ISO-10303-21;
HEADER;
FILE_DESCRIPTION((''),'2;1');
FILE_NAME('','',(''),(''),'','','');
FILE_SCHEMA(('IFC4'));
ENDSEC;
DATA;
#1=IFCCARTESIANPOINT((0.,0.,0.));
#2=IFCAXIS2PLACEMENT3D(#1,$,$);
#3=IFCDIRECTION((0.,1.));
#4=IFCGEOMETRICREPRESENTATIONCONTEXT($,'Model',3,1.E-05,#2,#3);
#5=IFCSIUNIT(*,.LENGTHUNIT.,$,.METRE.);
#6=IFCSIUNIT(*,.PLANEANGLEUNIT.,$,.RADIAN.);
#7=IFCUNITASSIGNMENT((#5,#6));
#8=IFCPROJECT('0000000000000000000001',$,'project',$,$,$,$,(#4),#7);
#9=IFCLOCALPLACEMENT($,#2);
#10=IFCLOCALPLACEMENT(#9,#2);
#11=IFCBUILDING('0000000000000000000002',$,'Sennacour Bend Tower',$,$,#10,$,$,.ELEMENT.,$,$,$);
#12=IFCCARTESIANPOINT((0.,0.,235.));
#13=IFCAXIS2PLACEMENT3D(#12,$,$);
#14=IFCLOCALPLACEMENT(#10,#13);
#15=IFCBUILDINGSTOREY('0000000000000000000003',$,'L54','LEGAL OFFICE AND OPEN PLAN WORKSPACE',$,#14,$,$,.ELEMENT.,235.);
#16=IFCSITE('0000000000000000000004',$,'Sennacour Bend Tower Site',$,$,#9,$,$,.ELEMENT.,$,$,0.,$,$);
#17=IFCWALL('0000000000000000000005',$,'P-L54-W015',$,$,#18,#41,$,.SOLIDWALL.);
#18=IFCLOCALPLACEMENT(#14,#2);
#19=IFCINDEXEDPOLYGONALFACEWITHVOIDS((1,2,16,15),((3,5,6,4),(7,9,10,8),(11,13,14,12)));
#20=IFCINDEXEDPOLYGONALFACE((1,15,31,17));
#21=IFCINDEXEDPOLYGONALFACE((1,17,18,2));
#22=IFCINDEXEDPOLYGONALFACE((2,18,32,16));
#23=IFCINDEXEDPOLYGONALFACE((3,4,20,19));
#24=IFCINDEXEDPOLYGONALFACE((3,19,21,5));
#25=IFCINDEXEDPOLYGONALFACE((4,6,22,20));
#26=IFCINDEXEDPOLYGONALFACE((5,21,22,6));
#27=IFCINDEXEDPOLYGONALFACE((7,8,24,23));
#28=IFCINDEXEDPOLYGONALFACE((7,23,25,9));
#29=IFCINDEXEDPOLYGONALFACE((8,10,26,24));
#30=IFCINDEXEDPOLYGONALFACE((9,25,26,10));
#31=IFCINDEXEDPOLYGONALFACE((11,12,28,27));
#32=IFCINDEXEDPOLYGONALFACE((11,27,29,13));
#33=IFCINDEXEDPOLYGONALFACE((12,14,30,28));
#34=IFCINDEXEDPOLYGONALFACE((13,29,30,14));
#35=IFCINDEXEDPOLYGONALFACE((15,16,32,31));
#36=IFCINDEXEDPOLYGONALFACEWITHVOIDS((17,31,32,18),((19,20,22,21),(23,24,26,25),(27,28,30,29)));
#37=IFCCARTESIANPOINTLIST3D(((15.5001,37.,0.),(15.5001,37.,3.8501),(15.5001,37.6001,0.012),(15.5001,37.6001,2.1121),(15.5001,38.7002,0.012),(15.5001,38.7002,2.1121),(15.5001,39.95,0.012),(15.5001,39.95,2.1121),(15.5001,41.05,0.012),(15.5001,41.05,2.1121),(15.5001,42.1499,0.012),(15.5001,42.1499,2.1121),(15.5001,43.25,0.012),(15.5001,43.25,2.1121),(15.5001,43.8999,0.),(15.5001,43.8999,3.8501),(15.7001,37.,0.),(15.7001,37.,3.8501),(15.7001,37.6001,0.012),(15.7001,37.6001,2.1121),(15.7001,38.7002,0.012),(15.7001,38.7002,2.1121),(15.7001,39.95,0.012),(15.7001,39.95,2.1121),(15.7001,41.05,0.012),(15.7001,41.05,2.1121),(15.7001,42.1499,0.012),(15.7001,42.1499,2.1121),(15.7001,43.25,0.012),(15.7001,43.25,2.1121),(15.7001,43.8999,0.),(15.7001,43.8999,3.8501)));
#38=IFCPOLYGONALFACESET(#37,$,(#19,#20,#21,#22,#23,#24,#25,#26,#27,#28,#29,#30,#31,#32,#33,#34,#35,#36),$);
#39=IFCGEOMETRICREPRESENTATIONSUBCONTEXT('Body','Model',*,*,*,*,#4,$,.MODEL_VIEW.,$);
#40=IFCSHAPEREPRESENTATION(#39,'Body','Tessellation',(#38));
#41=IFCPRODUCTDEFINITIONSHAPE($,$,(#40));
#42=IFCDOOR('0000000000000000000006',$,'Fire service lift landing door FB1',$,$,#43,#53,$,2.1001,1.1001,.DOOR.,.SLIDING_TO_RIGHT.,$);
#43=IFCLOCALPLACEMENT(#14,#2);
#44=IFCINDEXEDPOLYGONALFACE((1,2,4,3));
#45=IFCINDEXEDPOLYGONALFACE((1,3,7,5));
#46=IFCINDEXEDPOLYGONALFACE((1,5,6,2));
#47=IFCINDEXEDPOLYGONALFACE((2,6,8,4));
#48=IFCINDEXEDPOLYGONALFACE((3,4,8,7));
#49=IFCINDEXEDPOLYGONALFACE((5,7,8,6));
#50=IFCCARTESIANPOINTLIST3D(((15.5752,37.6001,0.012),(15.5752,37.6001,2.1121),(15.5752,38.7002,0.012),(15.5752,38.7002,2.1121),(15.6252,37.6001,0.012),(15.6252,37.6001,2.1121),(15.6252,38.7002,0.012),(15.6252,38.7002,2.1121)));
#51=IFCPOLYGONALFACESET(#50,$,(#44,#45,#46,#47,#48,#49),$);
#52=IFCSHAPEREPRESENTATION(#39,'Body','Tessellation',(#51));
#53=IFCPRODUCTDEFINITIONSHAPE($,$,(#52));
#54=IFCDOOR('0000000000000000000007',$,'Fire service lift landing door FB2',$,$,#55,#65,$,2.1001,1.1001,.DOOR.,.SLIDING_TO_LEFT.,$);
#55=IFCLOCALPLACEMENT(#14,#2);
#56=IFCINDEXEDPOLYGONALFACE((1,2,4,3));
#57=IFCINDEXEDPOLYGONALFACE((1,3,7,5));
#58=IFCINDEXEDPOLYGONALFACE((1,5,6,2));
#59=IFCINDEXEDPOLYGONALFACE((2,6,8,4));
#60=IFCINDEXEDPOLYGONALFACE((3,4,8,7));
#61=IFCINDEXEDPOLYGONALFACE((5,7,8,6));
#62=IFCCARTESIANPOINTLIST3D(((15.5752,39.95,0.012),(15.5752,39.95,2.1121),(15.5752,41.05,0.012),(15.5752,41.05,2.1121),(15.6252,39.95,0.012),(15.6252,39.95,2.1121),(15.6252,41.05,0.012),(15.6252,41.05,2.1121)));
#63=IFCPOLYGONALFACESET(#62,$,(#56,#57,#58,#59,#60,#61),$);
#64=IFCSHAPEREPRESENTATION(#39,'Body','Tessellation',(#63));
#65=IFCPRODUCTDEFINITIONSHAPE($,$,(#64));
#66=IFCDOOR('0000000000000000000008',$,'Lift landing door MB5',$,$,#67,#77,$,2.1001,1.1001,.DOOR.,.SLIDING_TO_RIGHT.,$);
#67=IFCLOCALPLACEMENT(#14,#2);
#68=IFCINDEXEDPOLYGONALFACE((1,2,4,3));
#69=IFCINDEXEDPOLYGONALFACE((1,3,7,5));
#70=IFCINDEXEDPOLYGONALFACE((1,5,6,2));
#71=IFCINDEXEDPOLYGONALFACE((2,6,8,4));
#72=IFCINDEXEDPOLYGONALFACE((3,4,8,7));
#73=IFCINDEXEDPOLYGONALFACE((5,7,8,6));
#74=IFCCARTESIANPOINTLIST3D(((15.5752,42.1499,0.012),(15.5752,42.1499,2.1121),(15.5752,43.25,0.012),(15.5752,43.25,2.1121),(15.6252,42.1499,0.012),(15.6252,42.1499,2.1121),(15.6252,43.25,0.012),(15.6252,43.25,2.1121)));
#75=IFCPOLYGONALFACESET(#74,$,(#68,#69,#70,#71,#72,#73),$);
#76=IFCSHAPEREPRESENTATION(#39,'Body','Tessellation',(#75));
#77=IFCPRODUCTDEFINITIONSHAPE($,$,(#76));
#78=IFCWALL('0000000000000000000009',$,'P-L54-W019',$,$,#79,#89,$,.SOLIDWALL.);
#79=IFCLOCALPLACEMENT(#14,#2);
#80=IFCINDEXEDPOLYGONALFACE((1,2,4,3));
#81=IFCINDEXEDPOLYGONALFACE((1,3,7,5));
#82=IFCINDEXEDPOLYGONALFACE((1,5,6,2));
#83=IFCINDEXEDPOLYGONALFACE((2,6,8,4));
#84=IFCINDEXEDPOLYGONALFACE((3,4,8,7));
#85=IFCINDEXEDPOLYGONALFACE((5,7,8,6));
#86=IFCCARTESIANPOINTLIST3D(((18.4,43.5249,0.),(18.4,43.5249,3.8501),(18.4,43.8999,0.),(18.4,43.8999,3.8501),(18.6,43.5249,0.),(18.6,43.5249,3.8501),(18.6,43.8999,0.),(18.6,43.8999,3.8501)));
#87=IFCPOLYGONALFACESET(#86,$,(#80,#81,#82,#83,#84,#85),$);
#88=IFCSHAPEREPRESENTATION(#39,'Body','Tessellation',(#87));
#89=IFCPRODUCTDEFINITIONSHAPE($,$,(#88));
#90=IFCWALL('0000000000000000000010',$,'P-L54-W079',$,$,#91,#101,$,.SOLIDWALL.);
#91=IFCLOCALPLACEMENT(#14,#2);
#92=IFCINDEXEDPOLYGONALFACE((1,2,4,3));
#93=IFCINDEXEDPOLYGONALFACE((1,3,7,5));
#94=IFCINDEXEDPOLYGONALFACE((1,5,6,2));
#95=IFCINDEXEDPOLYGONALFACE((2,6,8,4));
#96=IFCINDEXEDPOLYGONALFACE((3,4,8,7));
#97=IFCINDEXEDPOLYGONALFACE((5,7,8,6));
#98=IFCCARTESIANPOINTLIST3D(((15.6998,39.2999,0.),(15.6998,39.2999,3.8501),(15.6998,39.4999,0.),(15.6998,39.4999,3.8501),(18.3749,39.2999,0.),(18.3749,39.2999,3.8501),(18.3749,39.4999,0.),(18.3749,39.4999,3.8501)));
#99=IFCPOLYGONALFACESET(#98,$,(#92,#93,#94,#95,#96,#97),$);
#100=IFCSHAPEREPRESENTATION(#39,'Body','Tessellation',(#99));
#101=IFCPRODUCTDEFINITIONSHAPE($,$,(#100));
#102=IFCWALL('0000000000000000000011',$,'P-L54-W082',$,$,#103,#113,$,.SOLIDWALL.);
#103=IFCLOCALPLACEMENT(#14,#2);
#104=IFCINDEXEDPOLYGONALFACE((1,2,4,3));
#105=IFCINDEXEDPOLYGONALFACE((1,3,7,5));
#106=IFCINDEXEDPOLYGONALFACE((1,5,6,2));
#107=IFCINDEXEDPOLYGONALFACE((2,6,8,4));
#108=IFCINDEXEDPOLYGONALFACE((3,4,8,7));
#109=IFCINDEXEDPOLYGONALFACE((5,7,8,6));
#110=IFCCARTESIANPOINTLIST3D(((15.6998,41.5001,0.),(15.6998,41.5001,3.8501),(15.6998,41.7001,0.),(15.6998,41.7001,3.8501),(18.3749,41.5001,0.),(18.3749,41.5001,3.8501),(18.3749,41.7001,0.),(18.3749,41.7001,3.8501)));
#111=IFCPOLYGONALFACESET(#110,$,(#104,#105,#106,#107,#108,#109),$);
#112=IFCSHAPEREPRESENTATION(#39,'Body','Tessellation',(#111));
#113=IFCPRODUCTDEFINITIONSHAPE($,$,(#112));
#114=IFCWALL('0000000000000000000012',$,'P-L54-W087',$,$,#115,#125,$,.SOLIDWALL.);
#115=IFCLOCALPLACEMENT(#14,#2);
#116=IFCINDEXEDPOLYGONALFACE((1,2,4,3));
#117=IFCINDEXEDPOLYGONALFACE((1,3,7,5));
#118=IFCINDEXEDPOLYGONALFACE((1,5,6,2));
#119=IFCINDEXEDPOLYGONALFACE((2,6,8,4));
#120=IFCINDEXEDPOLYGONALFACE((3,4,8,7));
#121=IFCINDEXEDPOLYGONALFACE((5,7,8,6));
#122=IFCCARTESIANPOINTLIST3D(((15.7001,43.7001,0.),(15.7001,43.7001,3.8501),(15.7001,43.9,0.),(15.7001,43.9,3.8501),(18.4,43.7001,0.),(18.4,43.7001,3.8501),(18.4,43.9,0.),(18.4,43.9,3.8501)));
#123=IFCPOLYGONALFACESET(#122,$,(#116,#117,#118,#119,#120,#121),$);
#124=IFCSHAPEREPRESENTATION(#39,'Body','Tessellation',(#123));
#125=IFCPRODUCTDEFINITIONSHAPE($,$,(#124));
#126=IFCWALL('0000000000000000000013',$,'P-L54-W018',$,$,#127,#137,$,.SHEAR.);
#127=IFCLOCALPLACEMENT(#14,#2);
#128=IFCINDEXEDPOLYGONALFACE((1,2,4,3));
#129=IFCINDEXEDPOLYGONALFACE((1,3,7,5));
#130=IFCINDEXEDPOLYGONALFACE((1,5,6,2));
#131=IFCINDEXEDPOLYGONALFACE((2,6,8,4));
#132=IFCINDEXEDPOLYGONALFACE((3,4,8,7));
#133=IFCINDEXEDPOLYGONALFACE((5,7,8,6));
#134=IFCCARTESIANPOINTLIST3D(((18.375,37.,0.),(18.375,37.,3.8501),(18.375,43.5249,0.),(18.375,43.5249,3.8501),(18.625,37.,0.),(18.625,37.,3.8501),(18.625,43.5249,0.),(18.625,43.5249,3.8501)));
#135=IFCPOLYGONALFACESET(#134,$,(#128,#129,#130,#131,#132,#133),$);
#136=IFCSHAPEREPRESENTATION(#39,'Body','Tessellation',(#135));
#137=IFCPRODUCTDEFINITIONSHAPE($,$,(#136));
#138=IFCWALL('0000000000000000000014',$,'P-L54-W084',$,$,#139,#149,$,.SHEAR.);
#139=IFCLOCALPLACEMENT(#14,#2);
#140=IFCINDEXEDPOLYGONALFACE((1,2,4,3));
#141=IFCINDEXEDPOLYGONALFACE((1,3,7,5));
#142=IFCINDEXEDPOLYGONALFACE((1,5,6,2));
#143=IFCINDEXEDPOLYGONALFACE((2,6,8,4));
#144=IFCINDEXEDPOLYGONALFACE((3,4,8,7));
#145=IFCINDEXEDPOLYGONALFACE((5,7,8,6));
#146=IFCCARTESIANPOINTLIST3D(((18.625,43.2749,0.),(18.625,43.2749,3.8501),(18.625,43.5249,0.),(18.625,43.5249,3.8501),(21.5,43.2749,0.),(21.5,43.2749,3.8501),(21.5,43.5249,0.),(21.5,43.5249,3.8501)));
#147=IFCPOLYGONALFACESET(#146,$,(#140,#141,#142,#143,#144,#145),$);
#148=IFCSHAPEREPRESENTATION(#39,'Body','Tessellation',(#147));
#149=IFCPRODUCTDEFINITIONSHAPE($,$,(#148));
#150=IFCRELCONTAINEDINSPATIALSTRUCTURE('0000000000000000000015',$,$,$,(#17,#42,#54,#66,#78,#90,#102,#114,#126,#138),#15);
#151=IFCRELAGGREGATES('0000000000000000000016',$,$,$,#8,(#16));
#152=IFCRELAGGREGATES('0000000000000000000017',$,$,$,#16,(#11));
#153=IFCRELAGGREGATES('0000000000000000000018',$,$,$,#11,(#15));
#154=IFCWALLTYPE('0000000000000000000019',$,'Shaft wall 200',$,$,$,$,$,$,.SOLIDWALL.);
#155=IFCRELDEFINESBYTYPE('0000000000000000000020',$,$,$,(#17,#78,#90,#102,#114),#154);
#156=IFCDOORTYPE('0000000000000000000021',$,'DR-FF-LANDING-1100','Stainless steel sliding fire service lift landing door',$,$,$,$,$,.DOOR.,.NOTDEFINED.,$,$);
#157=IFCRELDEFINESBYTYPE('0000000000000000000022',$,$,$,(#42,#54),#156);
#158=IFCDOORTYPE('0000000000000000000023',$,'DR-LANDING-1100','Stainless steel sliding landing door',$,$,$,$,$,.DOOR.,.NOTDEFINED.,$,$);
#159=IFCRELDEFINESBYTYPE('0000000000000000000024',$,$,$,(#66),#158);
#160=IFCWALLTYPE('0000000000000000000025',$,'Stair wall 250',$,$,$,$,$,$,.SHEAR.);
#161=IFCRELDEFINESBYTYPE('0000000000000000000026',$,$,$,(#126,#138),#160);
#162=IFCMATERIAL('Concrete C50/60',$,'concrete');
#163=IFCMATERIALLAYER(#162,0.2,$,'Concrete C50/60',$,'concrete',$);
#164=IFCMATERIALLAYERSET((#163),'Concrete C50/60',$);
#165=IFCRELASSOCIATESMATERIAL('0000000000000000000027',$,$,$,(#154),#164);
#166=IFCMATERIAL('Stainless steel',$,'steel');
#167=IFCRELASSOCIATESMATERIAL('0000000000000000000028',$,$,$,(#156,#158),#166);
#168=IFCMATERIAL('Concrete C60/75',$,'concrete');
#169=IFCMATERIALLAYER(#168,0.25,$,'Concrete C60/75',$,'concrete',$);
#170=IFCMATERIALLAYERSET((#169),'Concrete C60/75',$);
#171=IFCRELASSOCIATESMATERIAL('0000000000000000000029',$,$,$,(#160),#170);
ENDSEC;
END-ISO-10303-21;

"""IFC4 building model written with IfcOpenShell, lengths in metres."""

from ifc_helpers import new_model, si_unit, direction, frame, frame_2d, origin, place, context, subcontext, project, spatial, rectangle, extrude, material, layer, layer_set, type_object, element, fill, save


model = new_model("IFC4")

# Units and contexts
model_context = context("Model", 3, precision=1e-05, world=origin(), true_north=direction((0.0, 1.0)))
body_context = subcontext(model_context, "Body", "Model", "MODEL_VIEW")
ifc_project = project(units=[si_unit("LENGTHUNIT", "METRE"), si_unit("PLANEANGLEUNIT", "RADIAN")], contexts=[model_context])

# Site, building, storey
site_placement = place(None, origin())
site = spatial("IfcSite", under=ifc_project, at=site_placement, Name="Sennacour Bend Tower Site", CompositionType="ELEMENT", RefElevation=0.0)
building_placement = place(site_placement, origin())
building = spatial("IfcBuilding", under=site, at=building_placement, Name="Sennacour Bend Tower", CompositionType="ELEMENT")
storey_placement = place(building_placement, frame((0.0, 0.0, 235.0)))
storey = spatial("IfcBuildingStorey", under=building, at=storey_placement, Name="L54", Description="LEGAL OFFICE AND OPEN PLAN WORKSPACE", CompositionType="ELEMENT", Elevation=235.0)

# Shared definitions
ifc_material_1 = material(Name="Concrete C60/75", Category="concrete")

# Shared definitions
ifc_material_2 = material(Name="Concrete C50/60", Category="concrete")
ifc_layer_1 = layer(ifc_material_2, 0.2, Name="Concrete C50/60", Category="concrete")
ifc_layer_set_1 = layer_set([ifc_layer_1], Name="Concrete C50/60")
wall_type_1 = type_object("IfcWallType", Name="Shaft wall 200", PredefinedType="SOLIDWALL", material=ifc_layer_set_1)

# Wall, openings, doors
wall_1_placement = place(storey_placement, frame((15.6001, 37.0, 0.0), z_axis=(0.0, 0.0, 1.0), x_axis=(0.0, 1.0, 0.0)))
wall_1 = element("IfcWall", 1, at=wall_1_placement, inside=storey, type_object=wall_type_1, Name="P-L54-W015", PredefinedType="SOLIDWALL", context=body_context, shape_type="SweptSolid", body=[
    extrude(rectangle(XDim=6.8999, YDim=0.2, at=frame_2d((3.45, 0.0))), origin(), (0.0, 0.0, 1.0), 3.8501),
])
opening_1_placement = place(wall_1_placement, frame((0.6001, 0.0, 0.012)))
opening_1 = element("IfcOpeningElement", 2, at=opening_1_placement, cuts=wall_1, PredefinedType="OPENING", context=body_context, shape_type="SweptSolid", body=[
    extrude(rectangle(XDim=1.1001, YDim=2.1001, at=frame_2d((0.55, 1.05))), frame((0.0, 0.1099, 0.0), z_axis=(0.0, -1.0, 0.0), x_axis=(1.0, 0.0, 0.0)), (0.0, 0.0, 1.0), 0.22),
])
opening_2_placement = place(wall_1_placement, frame((2.95, 0.0, 0.012)))
opening_2 = element("IfcOpeningElement", 3, at=opening_2_placement, cuts=wall_1, PredefinedType="OPENING", context=body_context, shape_type="SweptSolid", body=[
    extrude(rectangle(XDim=1.1001, YDim=2.1001, at=frame_2d((0.55, 1.05))), frame((0.0, 0.1099, 0.0), z_axis=(0.0, -1.0, 0.0), x_axis=(1.0, 0.0, 0.0)), (0.0, 0.0, 1.0), 0.22),
])
opening_3_placement = place(wall_1_placement, frame((5.1499, 0.0, 0.012)))
opening_3 = element("IfcOpeningElement", 4, at=opening_3_placement, cuts=wall_1, PredefinedType="OPENING", context=body_context, shape_type="SweptSolid", body=[
    extrude(rectangle(XDim=1.1001, YDim=2.1001, at=frame_2d((0.55, 1.05))), frame((0.0, 0.1099, 0.0), z_axis=(0.0, -1.0, 0.0), x_axis=(1.0, 0.0, 0.0)), (0.0, 0.0, 1.0), 0.22),
])
ifc_material_3 = material(Name="Stainless steel", Category="steel")
door_type_1 = type_object("IfcDoorType", Name="DR-FF-LANDING-1100", Description="Stainless steel sliding fire service lift landing door", OperationType="NOTDEFINED", PredefinedType="DOOR", material=ifc_material_3)
door_1_placement = place(opening_1_placement, origin())
door_1 = element("IfcDoor", 5, at=door_1_placement, inside=storey, type_object=door_type_1, Name="Fire service lift landing door FB1", OperationType="SLIDING_TO_RIGHT", OverallHeight=2.1001, OverallWidth=1.1001, PredefinedType="DOOR", context=body_context, shape_type="SweptSolid", body=[
    extrude(rectangle(XDim=1.1001, YDim=2.1001, at=frame_2d((0.55, 1.05))), frame((0.0, 0.0249, 0.0), z_axis=(0.0, -1.0, 0.0), x_axis=(1.0, 0.0, 0.0)), (0.0, 0.0, 1.0), 0.05),
])
fill(opening_1, door_1)
door_2_placement = place(opening_2_placement, origin())
door_2 = element("IfcDoor", 6, at=door_2_placement, inside=storey, type_object=door_type_1, Name="Fire service lift landing door FB2", OperationType="SLIDING_TO_LEFT", OverallHeight=2.1001, OverallWidth=1.1001, PredefinedType="DOOR", context=body_context, shape_type="SweptSolid", body=[
    extrude(rectangle(XDim=1.1001, YDim=2.1001, at=frame_2d((0.55, 1.05))), frame((0.0, 0.0249, 0.0), z_axis=(0.0, -1.0, 0.0), x_axis=(1.0, 0.0, 0.0)), (0.0, 0.0, 1.0), 0.05),
])
fill(opening_2, door_2)
door_type_2 = type_object("IfcDoorType", Name="DR-LANDING-1100", Description="Stainless steel sliding landing door", OperationType="NOTDEFINED", PredefinedType="DOOR", material=ifc_material_3)
door_3_placement = place(opening_3_placement, origin())
door_3 = element("IfcDoor", 7, at=door_3_placement, inside=storey, type_object=door_type_2, Name="Lift landing door MB5", OperationType="SLIDING_TO_RIGHT", OverallHeight=2.1001, OverallWidth=1.1001, PredefinedType="DOOR", context=body_context, shape_type="SweptSolid", body=[
    extrude(rectangle(XDim=1.1001, YDim=2.1001, at=frame_2d((0.55, 1.05))), frame((0.0, 0.0249, 0.0), z_axis=(0.0, -1.0, 0.0), x_axis=(1.0, 0.0, 0.0)), (0.0, 0.0, 1.0), 0.05),
])
fill(opening_3, door_3)

# Walls
wall_2_placement = place(storey_placement, frame((18.5, 43.5249, 0.0), z_axis=(0.0, 0.0, 1.0), x_axis=(0.0, 1.0, 0.0)))
element("IfcWall", 8, at=wall_2_placement, inside=storey, type_object=wall_type_1, Name="P-L54-W019", PredefinedType="SOLIDWALL", context=body_context, shape_type="SweptSolid", body=[
    extrude(rectangle(XDim=0.375, YDim=0.2, at=frame_2d((0.1875, 0.0))), origin(), (0.0, 0.0, 1.0), 3.8501),
])
for number, where, z_axis, x_axis, name in (
    (9, (15.7, 39.3999, 0.0), (0.0, 0.0, 1.0), (1.0, 0.0, 0.0), "P-L54-W079"),
    (10, (15.7, 41.6001, 0.0), (0.0, 0.0, 1.0), (1.0, 0.0, 0.0), "P-L54-W082"),
):
    element("IfcWall", number, at=place(storey_placement, frame(where, z_axis=z_axis, x_axis=x_axis)), inside=storey, type_object=wall_type_1, Name=name, PredefinedType="SOLIDWALL", context=body_context, shape_type="SweptSolid", body=[
        extrude(rectangle(XDim=2.675, YDim=0.2, at=frame_2d((1.3374, 0.0))), origin(), (0.0, 0.0, 1.0), 3.8501),
    ])
wall_3_placement = place(storey_placement, frame((15.7, 43.8, 0.0), z_axis=(0.0, 0.0, 1.0), x_axis=(1.0, 0.0, 0.0)))
element("IfcWall", 11, at=wall_3_placement, inside=storey, type_object=wall_type_1, Name="P-L54-W087", PredefinedType="SOLIDWALL", context=body_context, shape_type="SweptSolid", body=[
    extrude(rectangle(XDim=2.7, YDim=0.2, at=frame_2d((1.3501, 0.0))), origin(), (0.0, 0.0, 1.0), 3.8501),
])
ifc_layer_2 = layer(ifc_material_1, 0.25, Name="Concrete C60/75", Category="concrete")
ifc_layer_set_2 = layer_set([ifc_layer_2], Name="Concrete C60/75")
wall_type_2 = type_object("IfcWallType", Name="Stair wall 250", PredefinedType="SHEAR", material=ifc_layer_set_2)
wall_4_placement = place(storey_placement, frame((18.5, 37.0, 0.0), z_axis=(0.0, 0.0, 1.0), x_axis=(0.0, 1.0, 0.0)))
element("IfcWall", 12, at=wall_4_placement, inside=storey, type_object=wall_type_2, Name="P-L54-W018", PredefinedType="SHEAR", context=body_context, shape_type="SweptSolid", body=[
    extrude(rectangle(XDim=6.5249, YDim=0.25, at=frame_2d((3.2625, 0.0))), origin(), (0.0, 0.0, 1.0), 3.8501),
])
wall_5_placement = place(storey_placement, frame((18.625, 43.3999, 0.0), z_axis=(0.0, 0.0, 1.0), x_axis=(1.0, 0.0, 0.0)))
element("IfcWall", 13, at=wall_5_placement, inside=storey, type_object=wall_type_2, Name="P-L54-W084", PredefinedType="SHEAR", context=body_context, shape_type="SweptSolid", body=[
    extrude(rectangle(XDim=2.875, YDim=0.25, at=frame_2d((1.4375, 0.0))), origin(), (0.0, 0.0, 1.0), 3.8501),
])

save(model, "model.ifc")
